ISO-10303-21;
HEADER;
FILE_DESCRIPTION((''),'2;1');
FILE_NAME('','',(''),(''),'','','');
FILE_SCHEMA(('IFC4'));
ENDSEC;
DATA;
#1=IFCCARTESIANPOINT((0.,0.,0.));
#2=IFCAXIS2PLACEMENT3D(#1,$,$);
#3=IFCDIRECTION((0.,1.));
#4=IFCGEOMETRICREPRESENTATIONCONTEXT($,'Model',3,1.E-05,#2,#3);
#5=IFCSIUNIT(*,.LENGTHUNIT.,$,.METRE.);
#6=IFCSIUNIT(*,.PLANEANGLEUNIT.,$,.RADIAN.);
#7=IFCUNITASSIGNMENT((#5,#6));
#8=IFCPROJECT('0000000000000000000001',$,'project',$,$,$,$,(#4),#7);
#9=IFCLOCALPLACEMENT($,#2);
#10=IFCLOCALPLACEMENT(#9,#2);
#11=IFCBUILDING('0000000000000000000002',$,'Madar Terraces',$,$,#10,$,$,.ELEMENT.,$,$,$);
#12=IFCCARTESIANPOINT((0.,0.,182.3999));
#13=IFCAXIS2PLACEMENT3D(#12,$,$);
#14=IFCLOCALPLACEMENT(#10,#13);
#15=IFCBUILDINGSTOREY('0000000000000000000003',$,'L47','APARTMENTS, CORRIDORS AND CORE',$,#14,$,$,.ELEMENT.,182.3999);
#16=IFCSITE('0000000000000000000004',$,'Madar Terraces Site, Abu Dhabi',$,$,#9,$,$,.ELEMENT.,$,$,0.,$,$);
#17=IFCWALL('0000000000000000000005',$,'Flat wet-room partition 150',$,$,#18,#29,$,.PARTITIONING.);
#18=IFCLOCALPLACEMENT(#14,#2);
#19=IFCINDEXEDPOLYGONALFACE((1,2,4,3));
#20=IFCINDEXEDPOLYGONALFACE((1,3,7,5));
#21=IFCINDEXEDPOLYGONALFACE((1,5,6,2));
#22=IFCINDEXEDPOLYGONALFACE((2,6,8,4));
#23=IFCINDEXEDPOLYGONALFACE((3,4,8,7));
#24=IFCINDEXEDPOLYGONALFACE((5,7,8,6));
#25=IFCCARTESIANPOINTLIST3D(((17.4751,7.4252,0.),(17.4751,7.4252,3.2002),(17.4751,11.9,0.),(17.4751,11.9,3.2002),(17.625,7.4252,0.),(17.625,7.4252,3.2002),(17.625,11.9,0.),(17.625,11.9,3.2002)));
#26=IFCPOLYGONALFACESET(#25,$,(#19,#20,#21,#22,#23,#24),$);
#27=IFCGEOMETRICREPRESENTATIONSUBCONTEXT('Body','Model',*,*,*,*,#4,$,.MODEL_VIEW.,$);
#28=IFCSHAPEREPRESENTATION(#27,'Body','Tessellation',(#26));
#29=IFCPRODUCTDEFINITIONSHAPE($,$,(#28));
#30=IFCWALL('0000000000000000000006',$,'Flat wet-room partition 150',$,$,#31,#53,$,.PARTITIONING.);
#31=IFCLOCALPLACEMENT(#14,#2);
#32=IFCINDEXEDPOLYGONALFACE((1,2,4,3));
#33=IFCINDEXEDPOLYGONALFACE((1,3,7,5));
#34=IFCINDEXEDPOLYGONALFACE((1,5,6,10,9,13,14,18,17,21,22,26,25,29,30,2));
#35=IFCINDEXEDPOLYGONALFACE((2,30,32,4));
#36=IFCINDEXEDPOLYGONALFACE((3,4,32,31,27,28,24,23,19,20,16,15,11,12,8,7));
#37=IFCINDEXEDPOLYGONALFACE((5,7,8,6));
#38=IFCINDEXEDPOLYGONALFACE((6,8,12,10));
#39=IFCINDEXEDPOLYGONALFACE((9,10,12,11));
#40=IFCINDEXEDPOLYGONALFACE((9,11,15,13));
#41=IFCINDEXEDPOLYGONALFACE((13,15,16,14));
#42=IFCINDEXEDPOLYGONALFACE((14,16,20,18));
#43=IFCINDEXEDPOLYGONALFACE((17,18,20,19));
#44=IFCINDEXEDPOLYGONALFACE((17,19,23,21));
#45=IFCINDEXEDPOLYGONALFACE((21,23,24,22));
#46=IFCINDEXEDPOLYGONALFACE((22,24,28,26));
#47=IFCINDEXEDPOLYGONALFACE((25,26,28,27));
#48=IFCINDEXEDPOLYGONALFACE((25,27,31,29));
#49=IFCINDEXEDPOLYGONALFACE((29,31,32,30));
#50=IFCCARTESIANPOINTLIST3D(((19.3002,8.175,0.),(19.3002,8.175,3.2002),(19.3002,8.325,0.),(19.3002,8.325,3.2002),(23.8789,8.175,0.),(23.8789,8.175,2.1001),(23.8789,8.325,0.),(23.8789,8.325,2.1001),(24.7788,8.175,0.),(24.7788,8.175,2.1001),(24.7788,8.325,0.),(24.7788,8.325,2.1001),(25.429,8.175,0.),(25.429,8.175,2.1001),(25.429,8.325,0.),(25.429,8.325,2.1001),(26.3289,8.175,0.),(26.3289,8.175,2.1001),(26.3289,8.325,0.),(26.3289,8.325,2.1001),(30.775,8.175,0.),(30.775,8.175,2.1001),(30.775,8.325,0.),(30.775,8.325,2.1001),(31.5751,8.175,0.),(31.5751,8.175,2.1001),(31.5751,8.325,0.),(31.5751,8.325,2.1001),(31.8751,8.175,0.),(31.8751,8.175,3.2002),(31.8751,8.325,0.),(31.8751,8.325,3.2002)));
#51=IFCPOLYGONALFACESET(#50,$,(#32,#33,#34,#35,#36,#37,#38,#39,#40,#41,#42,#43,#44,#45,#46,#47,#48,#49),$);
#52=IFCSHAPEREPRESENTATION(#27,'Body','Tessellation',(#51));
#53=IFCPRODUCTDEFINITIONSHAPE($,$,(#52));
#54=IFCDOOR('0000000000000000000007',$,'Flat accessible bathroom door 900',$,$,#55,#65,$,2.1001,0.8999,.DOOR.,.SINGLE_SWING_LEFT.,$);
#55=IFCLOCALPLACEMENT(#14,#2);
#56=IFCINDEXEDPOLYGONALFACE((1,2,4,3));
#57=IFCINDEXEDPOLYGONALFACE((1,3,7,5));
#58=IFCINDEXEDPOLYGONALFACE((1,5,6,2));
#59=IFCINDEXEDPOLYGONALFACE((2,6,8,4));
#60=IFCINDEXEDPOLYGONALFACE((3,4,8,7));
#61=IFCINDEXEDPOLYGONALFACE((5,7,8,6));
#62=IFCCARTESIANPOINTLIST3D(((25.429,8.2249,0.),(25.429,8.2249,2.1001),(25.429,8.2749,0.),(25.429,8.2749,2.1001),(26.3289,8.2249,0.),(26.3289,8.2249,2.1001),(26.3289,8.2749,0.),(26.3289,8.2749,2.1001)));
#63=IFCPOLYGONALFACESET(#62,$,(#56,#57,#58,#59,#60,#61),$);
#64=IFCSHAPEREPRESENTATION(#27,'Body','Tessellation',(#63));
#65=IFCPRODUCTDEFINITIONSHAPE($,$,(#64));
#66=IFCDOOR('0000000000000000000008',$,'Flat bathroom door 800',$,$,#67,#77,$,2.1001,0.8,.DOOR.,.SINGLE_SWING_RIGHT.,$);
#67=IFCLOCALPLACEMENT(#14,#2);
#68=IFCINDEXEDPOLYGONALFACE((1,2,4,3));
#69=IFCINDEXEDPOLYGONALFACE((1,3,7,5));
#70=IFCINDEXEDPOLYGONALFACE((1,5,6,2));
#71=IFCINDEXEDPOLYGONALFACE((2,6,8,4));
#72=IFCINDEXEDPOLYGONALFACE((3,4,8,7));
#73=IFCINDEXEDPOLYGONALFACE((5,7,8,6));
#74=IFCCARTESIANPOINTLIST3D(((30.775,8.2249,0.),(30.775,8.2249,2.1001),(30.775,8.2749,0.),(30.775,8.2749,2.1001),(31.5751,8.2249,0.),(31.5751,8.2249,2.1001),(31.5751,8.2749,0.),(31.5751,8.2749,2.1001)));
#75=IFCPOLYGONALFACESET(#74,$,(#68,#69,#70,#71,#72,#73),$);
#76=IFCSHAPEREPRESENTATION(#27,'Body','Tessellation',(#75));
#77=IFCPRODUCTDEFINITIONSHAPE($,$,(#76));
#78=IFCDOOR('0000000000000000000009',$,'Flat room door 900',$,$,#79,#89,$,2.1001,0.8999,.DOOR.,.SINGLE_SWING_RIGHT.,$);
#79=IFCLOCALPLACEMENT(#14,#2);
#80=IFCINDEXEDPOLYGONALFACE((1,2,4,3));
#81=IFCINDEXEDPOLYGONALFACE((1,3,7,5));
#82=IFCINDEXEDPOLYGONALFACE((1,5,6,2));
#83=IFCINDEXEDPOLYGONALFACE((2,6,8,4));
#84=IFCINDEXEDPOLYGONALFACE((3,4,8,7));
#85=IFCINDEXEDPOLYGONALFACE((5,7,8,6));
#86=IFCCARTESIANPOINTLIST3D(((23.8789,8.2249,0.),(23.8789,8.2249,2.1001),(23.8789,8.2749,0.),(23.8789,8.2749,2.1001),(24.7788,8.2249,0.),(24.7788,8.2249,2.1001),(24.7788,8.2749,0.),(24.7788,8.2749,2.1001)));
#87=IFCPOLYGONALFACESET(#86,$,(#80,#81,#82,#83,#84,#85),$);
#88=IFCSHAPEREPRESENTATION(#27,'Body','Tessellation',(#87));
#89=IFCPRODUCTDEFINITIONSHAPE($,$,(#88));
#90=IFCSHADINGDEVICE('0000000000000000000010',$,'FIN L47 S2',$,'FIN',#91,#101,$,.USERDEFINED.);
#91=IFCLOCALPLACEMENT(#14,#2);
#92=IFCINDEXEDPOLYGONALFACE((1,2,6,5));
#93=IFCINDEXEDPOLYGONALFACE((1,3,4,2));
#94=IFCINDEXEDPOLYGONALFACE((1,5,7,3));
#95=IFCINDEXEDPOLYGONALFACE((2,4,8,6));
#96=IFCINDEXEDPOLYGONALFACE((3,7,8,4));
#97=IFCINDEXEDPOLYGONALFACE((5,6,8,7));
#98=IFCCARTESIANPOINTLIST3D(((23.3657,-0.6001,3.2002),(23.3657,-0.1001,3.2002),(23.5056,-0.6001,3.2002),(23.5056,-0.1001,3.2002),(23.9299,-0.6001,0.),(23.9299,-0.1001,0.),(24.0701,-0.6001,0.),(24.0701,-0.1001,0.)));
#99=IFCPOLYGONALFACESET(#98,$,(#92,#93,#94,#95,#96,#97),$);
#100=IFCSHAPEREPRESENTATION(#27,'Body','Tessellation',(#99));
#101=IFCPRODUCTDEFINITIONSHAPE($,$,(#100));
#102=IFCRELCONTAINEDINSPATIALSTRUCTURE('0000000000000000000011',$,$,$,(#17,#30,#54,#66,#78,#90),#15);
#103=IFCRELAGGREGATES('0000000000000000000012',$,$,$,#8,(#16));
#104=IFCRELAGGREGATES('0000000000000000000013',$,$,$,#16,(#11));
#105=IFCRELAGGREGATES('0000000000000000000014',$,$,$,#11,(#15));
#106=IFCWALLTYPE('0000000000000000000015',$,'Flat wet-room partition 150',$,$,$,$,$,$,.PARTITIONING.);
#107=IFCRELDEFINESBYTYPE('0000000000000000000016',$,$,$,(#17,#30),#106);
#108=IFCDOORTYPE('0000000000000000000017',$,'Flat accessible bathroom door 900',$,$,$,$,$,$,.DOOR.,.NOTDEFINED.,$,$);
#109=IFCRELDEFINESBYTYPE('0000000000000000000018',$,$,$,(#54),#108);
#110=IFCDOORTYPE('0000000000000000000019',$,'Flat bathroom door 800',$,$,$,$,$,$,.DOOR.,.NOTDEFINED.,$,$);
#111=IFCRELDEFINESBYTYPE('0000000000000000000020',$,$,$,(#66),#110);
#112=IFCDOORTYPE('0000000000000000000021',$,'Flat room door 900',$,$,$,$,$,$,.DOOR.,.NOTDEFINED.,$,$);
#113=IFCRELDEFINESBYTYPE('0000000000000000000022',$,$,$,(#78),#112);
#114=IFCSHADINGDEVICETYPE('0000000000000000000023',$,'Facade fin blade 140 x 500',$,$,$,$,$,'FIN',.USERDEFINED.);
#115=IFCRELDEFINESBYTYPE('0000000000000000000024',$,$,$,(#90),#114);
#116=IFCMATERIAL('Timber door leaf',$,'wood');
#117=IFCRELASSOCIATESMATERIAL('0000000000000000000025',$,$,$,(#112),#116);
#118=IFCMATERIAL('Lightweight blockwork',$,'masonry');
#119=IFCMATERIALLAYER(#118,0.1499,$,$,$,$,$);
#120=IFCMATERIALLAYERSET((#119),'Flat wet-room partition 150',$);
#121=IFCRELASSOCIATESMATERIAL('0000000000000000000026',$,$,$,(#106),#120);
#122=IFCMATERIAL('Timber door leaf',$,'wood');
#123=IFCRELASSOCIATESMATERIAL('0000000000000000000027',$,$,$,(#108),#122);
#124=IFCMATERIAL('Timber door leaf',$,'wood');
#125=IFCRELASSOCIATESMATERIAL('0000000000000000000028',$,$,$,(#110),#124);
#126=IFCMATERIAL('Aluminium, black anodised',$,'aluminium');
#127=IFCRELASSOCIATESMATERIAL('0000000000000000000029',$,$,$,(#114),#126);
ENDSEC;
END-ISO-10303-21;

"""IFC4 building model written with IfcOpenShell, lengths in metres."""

from ifc_helpers import new_model, si_unit, direction, frame, frame_2d, origin, place, context, subcontext, project, spatial, polyline, rectangle, outline, extrude, material, layer, layer_set, type_object, element, fill, save


model = new_model("IFC4")

# Units and contexts
model_context = context("Model", 3, precision=1e-05, world=origin(), true_north=direction((0.0, 1.0)))
body_context = subcontext(model_context, "Body", "Model", "MODEL_VIEW")
ifc_project = project(units=[si_unit("LENGTHUNIT", "METRE"), si_unit("PLANEANGLEUNIT", "RADIAN")], contexts=[model_context])

# Site, building, storey
site_placement = place(None, origin())
site = spatial("IfcSite", under=ifc_project, at=site_placement, Name="Madar Terraces Site, Abu Dhabi", CompositionType="ELEMENT", RefElevation=0.0)
building_placement = place(site_placement, origin())
building = spatial("IfcBuilding", under=site, at=building_placement, Name="Madar Terraces", CompositionType="ELEMENT")
storey_placement = place(building_placement, frame((0.0, 0.0, 182.3999)))
storey = spatial("IfcBuildingStorey", under=building, at=storey_placement, Name="L47", Description="APARTMENTS, CORRIDORS AND CORE", CompositionType="ELEMENT", Elevation=182.3999)

# Shared definitions
ifc_material_1 = material(Name="Timber door leaf", Category="wood")
door_type_1 = type_object("IfcDoorType", Name="Flat room door 900", OperationType="NOTDEFINED", PredefinedType="DOOR", material=ifc_material_1)

# Wall
ifc_material_2 = material(Name="Lightweight blockwork", Category="masonry")
ifc_layer_1 = layer(ifc_material_2, 0.1499)
ifc_layer_set_1 = layer_set([ifc_layer_1], Name="Flat wet-room partition 150")
wall_type_1 = type_object("IfcWallType", Name="Flat wet-room partition 150", PredefinedType="PARTITIONING", material=ifc_layer_set_1)
wall_1_placement = place(storey_placement, frame((17.55, 11.8999, 0.0), z_axis=(0.0, 0.0, 1.0), x_axis=(0.0, -1.0, 0.0)))
element("IfcWall", 1, at=wall_1_placement, inside=storey, type_object=wall_type_1, Name="Flat wet-room partition 150", PredefinedType="PARTITIONING", context=body_context, shape_type="SweptSolid", body=[
    extrude(rectangle(XDim=4.4749, YDim=0.1499, at=frame_2d((2.2373, 0.0))), origin(), (0.0, 0.0, 1.0), 3.2002),
])

# Wall, openings, doors
wall_2_placement = place(storey_placement, frame((19.3, 8.25, 0.0), z_axis=(0.0, 0.0, 1.0), x_axis=(1.0, 0.0, 0.0)))
wall_2 = element("IfcWall", 2, at=wall_2_placement, inside=storey, type_object=wall_type_1, Name="Flat wet-room partition 150", PredefinedType="PARTITIONING", context=body_context, shape_type="SweptSolid", body=[
    extrude(rectangle(XDim=12.575, YDim=0.1499, at=frame_2d((6.2876, 0.0))), origin(), (0.0, 0.0, 1.0), 3.2002),
])
opening_1_placement = place(wall_2_placement, frame((11.4751, 0.0, 0.0)))
opening_1 = element("IfcOpeningElement", 3, at=opening_1_placement, cuts=wall_2, PredefinedType="OPENING", context=body_context, shape_type="SweptSolid", body=[
    extrude(rectangle(XDim=0.8, YDim=2.1001, at=frame_2d((0.3999, 1.05))), frame((0.0, 0.085, 0.0), z_axis=(0.0, -1.0, 0.0), x_axis=(1.0, 0.0, 0.0)), (0.0, 0.0, 1.0), 0.1699),
])
opening_2_placement = place(wall_2_placement, frame((6.1289, 0.0, 0.0)))
opening_2 = element("IfcOpeningElement", 4, at=opening_2_placement, cuts=wall_2, PredefinedType="OPENING", context=body_context, shape_type="SweptSolid", body=[
    extrude(rectangle(XDim=0.8999, YDim=2.1001, at=frame_2d((0.45, 1.05))), frame((0.0, 0.085, 0.0), z_axis=(0.0, -1.0, 0.0), x_axis=(1.0, 0.0, 0.0)), (0.0, 0.0, 1.0), 0.1699),
])
opening_3_placement = place(wall_2_placement, frame((4.5789, 0.0, 0.0)))
opening_3 = element("IfcOpeningElement", 5, at=opening_3_placement, cuts=wall_2, PredefinedType="OPENING", context=body_context, shape_type="SweptSolid", body=[
    extrude(rectangle(XDim=0.8999, YDim=2.1001, at=frame_2d((0.45, 1.05))), frame((0.0, 0.085, 0.0), z_axis=(0.0, -1.0, 0.0), x_axis=(1.0, 0.0, 0.0)), (0.0, 0.0, 1.0), 0.1699),
])
ifc_material_3 = material(Name="Timber door leaf", Category="wood")
door_type_2 = type_object("IfcDoorType", Name="Flat accessible bathroom door 900", OperationType="NOTDEFINED", PredefinedType="DOOR", material=ifc_material_3)
door_1_placement = place(opening_2_placement, origin())
door_1 = element("IfcDoor", 6, at=door_1_placement, inside=storey, type_object=door_type_2, Name="Flat accessible bathroom door 900", OperationType="SINGLE_SWING_LEFT", OverallHeight=2.1001, OverallWidth=0.8999, PredefinedType="DOOR", context=body_context, shape_type="SweptSolid", body=[
    extrude(rectangle(XDim=0.8999, YDim=2.1001, at=frame_2d((0.45, 1.05))), frame((0.0, 0.0249, 0.0), z_axis=(0.0, -1.0, 0.0), x_axis=(1.0, 0.0, 0.0)), (0.0, 0.0, 1.0), 0.05),
])
fill(opening_2, door_1)
ifc_material_4 = material(Name="Timber door leaf", Category="wood")
door_type_3 = type_object("IfcDoorType", Name="Flat bathroom door 800", OperationType="NOTDEFINED", PredefinedType="DOOR", material=ifc_material_4)
door_2_placement = place(opening_1_placement, origin())
door_2 = element("IfcDoor", 7, at=door_2_placement, inside=storey, type_object=door_type_3, Name="Flat bathroom door 800", OperationType="SINGLE_SWING_RIGHT", OverallHeight=2.1001, OverallWidth=0.8, PredefinedType="DOOR", context=body_context, shape_type="SweptSolid", body=[
    extrude(rectangle(XDim=0.8, YDim=2.1001, at=frame_2d((0.3999, 1.05))), frame((0.0, 0.0249, 0.0), z_axis=(0.0, -1.0, 0.0), x_axis=(1.0, 0.0, 0.0)), (0.0, 0.0, 1.0), 0.05),
])
fill(opening_1, door_2)
door_3_placement = place(opening_3_placement, origin())
door_3 = element("IfcDoor", 8, at=door_3_placement, inside=storey, type_object=door_type_1, Name="Flat room door 900", OperationType="SINGLE_SWING_RIGHT", OverallHeight=2.1001, OverallWidth=0.8999, PredefinedType="DOOR", context=body_context, shape_type="SweptSolid", body=[
    extrude(rectangle(XDim=0.8999, YDim=2.1001, at=frame_2d((0.45, 1.05))), frame((0.0, 0.0249, 0.0), z_axis=(0.0, -1.0, 0.0), x_axis=(1.0, 0.0, 0.0)), (0.0, 0.0, 1.0), 0.05),
])
fill(opening_3, door_3)

# Shading device
ifc_material_5 = material(Name="Aluminium, black anodised", Category="aluminium")
shading_device_type = type_object("IfcShadingDeviceType", Name="Facade fin blade 140 x 500", ElementType="FIN", PredefinedType="USERDEFINED", material=ifc_material_5)
shading_device_placement = place(storey_placement, frame((23.9299, -0.3501, 0.0), z_axis=(0.0, 0.0, 1.0), x_axis=(1.0, 0.0, 0.0)))
element("IfcShadingDevice", 9, at=shading_device_placement, inside=storey, type_object=shading_device_type, Name="FIN L47 S2", ObjectType="FIN", PredefinedType="USERDEFINED", context=body_context, shape_type="SweptSolid", body=[
    extrude(outline(polyline([(0.0, 0.0), (0.1401, 0.0), (-0.4243, 3.2002), (-0.5642, 3.2002), (0.0, 0.0)])), frame((0.0, 0.25, 0.0), z_axis=(0.0, -1.0, 0.0), x_axis=(1.0, 0.0, 0.0)), (0.0, 0.0, 1.0), 0.5),
])

save(model, "model.ifc")
